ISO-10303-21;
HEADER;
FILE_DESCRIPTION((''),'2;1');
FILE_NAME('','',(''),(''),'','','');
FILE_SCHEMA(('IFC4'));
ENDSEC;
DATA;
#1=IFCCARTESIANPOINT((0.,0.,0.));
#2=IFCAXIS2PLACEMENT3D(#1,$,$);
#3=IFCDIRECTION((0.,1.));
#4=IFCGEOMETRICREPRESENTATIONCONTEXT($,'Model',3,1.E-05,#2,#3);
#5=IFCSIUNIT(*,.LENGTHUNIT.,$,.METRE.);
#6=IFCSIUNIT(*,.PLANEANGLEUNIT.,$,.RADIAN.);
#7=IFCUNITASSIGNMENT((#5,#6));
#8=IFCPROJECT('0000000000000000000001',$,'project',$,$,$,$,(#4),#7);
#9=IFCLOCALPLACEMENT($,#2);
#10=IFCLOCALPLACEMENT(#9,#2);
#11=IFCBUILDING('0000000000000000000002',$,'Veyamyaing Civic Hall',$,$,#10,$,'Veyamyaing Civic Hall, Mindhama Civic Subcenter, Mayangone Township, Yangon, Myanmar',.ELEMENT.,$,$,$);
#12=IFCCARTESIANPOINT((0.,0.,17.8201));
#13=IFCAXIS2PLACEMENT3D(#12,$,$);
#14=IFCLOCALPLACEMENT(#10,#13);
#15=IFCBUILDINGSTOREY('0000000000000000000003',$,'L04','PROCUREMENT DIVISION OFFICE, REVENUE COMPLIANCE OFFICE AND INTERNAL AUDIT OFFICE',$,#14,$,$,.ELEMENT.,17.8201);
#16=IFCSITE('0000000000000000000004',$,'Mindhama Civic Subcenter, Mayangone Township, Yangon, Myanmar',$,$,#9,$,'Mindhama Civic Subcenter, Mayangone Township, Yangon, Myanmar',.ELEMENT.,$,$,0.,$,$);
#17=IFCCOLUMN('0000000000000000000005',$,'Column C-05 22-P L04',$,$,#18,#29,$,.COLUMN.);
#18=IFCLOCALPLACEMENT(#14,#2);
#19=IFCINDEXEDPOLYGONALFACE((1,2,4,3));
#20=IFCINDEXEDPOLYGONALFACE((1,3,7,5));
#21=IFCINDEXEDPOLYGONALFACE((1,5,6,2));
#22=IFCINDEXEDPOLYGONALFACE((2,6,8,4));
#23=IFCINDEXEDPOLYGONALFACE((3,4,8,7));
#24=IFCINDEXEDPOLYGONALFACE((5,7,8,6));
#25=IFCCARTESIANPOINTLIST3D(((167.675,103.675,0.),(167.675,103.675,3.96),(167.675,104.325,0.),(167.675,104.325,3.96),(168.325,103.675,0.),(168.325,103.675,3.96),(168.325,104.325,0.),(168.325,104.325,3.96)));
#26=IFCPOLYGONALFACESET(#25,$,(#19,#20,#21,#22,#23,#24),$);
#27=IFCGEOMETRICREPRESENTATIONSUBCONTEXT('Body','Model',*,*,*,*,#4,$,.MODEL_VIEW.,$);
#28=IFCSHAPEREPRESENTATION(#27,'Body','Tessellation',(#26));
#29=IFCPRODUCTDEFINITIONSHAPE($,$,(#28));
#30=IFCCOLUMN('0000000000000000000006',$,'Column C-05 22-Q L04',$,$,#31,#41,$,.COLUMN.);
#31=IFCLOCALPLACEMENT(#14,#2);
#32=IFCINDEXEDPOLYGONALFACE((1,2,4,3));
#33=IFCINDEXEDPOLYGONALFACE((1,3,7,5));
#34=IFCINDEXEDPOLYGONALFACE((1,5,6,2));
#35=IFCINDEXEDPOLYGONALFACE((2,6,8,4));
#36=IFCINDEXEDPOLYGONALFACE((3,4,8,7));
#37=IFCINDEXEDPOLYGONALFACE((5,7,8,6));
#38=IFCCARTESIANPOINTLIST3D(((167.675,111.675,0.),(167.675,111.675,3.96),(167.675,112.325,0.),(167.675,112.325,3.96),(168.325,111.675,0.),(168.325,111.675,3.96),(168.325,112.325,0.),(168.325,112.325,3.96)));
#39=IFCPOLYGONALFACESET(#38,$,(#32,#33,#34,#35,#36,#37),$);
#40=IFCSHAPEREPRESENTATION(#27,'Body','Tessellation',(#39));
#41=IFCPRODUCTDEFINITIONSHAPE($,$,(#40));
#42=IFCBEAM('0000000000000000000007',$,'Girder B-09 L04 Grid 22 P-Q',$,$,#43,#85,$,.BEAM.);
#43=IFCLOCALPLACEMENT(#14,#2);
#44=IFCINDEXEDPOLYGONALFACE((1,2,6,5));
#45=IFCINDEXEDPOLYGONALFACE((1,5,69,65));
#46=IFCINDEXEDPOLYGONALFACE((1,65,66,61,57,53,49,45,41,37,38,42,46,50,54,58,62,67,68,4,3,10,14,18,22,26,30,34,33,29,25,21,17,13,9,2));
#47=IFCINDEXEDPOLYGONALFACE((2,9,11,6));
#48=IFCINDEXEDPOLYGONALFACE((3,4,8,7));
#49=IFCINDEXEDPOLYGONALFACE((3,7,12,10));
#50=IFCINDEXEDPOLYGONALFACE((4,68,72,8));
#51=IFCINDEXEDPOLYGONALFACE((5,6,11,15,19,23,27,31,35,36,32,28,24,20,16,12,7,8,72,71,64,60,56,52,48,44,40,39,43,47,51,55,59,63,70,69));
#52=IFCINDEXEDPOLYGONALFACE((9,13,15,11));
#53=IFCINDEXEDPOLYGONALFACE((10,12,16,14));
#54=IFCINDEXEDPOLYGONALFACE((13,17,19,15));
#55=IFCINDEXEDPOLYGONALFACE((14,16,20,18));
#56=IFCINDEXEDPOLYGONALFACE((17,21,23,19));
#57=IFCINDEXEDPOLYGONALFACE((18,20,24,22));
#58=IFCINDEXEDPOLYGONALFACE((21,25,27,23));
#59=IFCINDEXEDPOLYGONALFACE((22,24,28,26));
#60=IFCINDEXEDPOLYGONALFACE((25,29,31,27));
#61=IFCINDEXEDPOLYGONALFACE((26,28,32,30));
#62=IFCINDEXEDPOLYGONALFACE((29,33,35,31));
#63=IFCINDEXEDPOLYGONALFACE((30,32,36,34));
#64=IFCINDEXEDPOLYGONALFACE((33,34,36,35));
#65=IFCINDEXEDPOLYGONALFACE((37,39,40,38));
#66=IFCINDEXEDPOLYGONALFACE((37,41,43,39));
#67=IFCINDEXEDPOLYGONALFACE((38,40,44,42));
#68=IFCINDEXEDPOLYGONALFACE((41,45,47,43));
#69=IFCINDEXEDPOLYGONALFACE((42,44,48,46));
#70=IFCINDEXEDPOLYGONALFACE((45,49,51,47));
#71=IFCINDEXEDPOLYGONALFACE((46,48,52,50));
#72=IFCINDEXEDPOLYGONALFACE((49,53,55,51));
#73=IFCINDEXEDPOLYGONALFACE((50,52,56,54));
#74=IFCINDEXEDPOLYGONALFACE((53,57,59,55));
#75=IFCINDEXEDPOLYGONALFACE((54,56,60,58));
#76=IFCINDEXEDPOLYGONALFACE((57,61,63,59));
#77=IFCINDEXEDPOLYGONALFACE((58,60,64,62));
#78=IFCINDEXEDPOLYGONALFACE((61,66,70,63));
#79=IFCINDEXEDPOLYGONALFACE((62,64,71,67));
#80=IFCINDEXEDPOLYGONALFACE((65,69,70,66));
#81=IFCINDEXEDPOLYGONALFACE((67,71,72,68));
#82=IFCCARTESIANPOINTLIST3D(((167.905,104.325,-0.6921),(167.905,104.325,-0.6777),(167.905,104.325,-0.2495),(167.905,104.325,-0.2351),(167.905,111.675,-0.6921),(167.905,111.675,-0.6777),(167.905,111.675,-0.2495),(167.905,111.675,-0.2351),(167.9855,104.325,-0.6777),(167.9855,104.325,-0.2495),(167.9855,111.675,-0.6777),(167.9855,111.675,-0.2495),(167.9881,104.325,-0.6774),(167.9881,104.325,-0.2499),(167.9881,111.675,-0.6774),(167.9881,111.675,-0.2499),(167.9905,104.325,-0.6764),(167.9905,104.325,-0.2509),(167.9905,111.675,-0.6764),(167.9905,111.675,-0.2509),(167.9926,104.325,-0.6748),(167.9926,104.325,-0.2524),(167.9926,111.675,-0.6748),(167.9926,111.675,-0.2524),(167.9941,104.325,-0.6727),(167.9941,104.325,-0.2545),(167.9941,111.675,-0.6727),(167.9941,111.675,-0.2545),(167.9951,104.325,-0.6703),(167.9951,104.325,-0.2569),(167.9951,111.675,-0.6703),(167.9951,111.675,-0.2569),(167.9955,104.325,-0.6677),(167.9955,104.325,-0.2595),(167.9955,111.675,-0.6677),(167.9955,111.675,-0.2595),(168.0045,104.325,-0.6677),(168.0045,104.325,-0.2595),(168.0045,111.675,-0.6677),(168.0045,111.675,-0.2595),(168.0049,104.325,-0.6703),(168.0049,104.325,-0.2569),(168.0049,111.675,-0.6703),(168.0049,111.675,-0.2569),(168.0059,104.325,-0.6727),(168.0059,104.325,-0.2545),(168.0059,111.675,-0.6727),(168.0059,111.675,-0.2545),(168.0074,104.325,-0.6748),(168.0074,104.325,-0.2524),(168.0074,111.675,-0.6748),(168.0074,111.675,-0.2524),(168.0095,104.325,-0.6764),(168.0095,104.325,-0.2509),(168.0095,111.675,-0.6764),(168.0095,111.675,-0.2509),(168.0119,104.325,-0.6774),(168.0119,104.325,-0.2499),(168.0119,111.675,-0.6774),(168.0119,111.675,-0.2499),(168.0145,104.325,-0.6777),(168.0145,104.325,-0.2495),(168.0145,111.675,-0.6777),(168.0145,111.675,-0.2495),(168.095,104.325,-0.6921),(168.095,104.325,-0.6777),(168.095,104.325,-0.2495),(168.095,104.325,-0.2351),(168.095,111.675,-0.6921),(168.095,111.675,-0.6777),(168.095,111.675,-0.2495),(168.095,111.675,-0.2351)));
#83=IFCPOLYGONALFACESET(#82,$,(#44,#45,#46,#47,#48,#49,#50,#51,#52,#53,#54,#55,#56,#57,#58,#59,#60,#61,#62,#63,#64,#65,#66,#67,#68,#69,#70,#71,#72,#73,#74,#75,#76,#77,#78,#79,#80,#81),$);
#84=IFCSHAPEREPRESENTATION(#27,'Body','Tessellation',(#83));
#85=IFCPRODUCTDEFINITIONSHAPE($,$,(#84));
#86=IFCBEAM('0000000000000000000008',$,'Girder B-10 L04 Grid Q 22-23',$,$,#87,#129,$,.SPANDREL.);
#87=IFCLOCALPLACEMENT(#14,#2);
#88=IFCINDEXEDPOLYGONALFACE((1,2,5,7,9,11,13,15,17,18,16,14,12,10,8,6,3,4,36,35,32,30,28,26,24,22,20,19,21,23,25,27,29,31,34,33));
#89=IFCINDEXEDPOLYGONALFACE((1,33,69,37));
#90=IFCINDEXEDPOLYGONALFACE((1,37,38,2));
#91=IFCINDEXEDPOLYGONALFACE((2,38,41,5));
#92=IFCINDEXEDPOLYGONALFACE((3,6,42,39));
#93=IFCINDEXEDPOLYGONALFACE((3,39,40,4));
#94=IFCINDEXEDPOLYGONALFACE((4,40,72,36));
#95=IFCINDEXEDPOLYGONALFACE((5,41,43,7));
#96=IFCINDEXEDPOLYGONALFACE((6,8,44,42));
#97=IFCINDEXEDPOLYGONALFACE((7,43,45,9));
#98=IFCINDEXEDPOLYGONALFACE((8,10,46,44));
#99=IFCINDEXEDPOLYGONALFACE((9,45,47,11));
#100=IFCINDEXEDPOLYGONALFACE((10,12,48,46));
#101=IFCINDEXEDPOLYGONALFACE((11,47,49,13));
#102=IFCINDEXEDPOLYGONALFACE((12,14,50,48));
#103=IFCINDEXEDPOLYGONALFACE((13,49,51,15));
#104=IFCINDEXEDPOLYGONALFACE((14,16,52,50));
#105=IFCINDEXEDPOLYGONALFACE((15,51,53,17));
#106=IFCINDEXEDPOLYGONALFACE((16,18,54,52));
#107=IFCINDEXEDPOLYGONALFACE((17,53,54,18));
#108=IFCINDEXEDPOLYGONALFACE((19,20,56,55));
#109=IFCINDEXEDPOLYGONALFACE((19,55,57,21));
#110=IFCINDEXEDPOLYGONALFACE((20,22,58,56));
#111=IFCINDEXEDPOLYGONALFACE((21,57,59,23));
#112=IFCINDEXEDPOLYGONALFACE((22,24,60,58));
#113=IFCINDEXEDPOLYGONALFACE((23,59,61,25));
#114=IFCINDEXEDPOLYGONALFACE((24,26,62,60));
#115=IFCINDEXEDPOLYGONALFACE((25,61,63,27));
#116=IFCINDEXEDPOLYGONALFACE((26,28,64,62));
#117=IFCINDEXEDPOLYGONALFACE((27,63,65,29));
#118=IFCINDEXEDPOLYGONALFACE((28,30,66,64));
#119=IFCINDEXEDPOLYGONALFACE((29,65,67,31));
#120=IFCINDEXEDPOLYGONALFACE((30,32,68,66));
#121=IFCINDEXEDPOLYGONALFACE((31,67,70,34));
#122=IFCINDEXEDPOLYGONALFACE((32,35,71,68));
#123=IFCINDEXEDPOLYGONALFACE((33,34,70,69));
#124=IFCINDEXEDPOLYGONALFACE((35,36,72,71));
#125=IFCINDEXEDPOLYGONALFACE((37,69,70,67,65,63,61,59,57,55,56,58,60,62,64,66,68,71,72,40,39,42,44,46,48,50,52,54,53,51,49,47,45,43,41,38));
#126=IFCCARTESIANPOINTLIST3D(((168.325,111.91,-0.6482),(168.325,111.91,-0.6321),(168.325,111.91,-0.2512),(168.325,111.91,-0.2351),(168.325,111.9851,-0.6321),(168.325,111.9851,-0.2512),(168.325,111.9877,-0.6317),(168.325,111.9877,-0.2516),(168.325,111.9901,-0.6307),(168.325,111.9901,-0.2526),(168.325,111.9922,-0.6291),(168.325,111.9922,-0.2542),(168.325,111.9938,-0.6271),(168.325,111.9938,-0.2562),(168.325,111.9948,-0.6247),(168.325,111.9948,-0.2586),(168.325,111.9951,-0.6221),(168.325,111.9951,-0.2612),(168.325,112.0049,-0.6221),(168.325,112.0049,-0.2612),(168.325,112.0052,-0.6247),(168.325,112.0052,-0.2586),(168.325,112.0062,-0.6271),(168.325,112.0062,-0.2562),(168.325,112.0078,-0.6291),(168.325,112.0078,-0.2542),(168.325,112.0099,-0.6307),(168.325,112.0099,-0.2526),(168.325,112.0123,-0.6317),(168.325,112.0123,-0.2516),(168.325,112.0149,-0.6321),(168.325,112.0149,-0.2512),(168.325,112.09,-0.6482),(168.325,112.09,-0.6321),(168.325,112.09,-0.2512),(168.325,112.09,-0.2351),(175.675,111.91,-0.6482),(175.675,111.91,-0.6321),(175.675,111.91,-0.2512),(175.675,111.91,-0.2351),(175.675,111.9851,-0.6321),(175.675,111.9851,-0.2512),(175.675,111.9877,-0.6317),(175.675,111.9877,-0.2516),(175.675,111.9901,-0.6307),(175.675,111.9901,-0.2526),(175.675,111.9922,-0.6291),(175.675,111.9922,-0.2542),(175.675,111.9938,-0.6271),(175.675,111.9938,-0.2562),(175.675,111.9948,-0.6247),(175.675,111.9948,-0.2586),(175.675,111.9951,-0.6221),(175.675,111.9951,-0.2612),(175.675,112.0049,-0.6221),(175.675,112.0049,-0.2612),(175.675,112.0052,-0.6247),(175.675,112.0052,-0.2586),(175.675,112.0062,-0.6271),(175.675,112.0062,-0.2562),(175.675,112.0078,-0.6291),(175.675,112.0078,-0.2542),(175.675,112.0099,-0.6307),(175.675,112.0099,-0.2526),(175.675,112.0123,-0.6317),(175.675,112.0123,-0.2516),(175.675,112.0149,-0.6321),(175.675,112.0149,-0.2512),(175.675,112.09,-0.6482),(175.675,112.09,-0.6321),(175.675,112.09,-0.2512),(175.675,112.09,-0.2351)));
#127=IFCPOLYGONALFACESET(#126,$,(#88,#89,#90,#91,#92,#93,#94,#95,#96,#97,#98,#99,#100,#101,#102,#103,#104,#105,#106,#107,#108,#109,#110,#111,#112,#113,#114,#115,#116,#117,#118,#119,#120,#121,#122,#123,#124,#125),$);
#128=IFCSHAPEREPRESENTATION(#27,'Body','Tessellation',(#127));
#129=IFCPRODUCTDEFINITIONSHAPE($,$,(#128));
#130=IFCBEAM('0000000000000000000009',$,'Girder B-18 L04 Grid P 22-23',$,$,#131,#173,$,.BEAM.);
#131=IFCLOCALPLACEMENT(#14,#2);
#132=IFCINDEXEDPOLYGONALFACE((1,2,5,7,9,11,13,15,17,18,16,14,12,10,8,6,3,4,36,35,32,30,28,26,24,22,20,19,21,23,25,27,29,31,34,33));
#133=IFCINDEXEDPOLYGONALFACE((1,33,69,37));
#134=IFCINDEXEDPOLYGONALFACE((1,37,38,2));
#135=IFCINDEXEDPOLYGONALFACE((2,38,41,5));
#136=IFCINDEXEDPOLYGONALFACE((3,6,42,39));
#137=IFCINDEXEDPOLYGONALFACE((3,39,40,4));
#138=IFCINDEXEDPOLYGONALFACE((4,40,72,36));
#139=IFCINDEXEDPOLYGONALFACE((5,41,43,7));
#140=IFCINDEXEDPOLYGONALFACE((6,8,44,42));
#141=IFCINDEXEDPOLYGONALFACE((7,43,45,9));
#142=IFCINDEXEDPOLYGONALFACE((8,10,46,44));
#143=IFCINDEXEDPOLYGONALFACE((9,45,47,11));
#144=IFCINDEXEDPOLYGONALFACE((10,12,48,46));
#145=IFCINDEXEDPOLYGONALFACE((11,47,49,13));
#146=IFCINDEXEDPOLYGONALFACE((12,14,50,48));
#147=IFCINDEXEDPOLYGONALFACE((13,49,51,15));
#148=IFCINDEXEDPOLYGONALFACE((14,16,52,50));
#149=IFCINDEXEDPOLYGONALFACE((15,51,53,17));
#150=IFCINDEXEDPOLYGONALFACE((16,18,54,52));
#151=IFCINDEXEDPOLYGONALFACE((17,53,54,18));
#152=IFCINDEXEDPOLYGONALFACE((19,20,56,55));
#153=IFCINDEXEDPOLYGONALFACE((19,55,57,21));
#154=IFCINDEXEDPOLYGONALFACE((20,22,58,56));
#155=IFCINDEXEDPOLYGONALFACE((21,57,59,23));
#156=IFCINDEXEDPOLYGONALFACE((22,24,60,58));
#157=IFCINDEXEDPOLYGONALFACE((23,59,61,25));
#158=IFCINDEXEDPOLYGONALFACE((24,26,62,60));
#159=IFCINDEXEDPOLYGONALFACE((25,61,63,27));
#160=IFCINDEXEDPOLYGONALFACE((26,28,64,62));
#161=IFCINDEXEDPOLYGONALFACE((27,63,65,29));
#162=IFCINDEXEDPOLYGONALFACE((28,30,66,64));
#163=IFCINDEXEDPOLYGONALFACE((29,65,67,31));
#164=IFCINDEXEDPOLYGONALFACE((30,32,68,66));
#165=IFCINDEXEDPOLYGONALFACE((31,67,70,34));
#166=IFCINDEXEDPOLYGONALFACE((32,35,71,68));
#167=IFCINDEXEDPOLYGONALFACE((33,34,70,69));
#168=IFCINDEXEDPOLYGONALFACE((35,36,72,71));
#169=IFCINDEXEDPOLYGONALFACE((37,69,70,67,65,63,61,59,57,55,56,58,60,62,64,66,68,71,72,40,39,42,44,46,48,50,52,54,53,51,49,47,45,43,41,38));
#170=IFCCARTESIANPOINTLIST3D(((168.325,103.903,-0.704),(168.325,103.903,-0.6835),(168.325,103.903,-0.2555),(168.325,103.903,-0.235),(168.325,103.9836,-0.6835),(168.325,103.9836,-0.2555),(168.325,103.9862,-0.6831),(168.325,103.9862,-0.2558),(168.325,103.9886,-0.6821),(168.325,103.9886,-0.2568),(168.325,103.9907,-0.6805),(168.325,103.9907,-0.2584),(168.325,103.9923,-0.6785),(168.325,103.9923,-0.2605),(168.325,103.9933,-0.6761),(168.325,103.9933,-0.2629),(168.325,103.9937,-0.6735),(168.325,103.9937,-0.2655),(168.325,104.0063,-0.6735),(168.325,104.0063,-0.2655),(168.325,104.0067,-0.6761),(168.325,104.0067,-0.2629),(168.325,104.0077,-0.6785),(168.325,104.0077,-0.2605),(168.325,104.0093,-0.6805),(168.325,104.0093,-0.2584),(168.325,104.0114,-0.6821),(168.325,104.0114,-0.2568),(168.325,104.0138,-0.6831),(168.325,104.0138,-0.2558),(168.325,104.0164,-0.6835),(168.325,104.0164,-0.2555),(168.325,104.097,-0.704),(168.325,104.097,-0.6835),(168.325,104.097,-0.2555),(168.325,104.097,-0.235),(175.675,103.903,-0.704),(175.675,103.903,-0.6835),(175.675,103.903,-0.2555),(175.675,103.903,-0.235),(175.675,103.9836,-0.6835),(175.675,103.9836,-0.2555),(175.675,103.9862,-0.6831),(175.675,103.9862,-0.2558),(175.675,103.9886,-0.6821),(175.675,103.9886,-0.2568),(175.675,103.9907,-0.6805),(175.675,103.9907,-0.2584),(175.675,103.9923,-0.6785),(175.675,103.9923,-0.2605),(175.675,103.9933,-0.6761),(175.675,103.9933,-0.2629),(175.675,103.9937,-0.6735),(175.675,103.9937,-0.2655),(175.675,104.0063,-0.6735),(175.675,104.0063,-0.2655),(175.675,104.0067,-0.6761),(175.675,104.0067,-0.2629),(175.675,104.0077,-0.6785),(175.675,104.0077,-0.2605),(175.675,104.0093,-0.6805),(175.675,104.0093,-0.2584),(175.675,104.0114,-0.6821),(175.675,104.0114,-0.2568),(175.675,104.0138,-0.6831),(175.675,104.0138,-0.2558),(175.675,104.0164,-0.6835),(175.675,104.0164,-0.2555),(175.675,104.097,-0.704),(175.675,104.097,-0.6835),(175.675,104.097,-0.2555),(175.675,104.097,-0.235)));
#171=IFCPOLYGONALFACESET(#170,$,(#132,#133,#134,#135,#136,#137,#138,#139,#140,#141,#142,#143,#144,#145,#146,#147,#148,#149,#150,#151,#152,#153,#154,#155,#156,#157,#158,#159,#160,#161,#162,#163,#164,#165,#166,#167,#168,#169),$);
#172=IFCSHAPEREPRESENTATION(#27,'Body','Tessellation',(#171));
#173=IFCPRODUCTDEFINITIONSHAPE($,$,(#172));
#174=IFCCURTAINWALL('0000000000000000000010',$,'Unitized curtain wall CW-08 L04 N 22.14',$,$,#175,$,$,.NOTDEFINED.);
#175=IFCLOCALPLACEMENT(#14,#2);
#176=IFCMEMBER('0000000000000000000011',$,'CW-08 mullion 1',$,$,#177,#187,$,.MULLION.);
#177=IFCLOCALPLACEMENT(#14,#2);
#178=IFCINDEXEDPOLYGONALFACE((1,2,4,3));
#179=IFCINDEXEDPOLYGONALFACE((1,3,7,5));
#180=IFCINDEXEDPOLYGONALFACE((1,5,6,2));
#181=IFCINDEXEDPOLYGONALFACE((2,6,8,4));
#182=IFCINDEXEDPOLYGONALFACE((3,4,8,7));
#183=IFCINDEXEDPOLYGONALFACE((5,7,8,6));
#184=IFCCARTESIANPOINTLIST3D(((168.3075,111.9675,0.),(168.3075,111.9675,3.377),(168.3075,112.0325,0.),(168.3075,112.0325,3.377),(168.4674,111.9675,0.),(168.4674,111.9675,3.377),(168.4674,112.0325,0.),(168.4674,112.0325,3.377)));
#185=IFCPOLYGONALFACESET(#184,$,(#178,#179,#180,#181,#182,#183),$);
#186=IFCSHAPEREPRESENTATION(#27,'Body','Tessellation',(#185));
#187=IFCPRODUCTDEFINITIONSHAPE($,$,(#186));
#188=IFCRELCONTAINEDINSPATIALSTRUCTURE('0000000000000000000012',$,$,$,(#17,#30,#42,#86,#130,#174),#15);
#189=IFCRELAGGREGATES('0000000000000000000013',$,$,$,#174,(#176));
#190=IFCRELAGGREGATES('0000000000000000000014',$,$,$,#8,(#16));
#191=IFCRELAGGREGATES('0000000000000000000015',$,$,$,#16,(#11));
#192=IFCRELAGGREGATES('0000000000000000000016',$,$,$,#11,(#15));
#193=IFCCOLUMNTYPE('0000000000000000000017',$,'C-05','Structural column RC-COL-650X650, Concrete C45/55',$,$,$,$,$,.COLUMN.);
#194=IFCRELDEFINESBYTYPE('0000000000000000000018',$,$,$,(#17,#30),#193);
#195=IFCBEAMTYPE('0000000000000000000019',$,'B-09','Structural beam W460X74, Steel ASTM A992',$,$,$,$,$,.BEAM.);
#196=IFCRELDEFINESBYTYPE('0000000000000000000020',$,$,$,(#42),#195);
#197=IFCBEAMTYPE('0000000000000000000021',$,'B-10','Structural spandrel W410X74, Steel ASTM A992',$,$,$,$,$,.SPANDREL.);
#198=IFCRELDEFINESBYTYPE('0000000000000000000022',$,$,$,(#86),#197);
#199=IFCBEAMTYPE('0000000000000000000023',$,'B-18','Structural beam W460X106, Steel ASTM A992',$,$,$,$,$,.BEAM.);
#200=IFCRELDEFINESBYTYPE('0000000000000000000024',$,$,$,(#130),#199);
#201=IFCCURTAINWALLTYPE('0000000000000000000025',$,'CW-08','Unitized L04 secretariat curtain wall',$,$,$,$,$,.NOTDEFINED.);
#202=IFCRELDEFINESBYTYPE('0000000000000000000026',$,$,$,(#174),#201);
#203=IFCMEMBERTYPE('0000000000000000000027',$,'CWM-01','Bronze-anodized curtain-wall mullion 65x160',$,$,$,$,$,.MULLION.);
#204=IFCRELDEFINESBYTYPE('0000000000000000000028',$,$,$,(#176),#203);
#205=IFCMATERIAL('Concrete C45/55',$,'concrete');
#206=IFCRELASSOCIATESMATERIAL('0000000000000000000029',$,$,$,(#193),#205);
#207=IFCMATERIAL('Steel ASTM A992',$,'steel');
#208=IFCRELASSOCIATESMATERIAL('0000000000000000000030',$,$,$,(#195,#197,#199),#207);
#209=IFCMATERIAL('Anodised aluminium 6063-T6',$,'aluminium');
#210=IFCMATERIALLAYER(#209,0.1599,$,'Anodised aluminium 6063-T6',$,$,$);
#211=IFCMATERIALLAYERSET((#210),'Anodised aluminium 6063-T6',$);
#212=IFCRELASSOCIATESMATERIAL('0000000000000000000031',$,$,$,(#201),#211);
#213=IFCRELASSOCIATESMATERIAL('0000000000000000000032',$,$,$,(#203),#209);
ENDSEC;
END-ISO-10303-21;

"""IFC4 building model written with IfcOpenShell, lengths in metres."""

from ifc_helpers import new_model, si_unit, direction, frame, origin, origin_2d, place, context, subcontext, project, spatial, rectangle, i_section, extrude, material, layer, layer_set, material_profile, profile_set, type_object, element, aggregate, save


model = new_model("IFC4")

# Units and contexts
model_context = context("Model", 3, precision=1e-05, world=origin(), true_north=direction((0.0, 1.0)))
body_context = subcontext(model_context, "Body", "Model", "MODEL_VIEW")
ifc_project = project(units=[si_unit("LENGTHUNIT", "METRE"), si_unit("PLANEANGLEUNIT", "RADIAN")], contexts=[model_context])

# Site, building, storey
site_placement = place(None, origin())
site = spatial("IfcSite", under=ifc_project, at=site_placement, Name="Mindhama Civic Subcenter, Mayangone Township, Yangon, Myanmar", LongName="Mindhama Civic Subcenter, Mayangone Township, Yangon, Myanmar", CompositionType="ELEMENT", RefElevation=0.0)
building_placement = place(site_placement, origin())
building = spatial("IfcBuilding", under=site, at=building_placement, Name="Veyamyaing Civic Hall", LongName="Veyamyaing Civic Hall, Mindhama Civic Subcenter, Mayangone Township, Yangon, Myanmar", CompositionType="ELEMENT")
storey_placement = place(building_placement, frame((0.0, 0.0, 17.8201)))
storey = spatial("IfcBuildingStorey", under=building, at=storey_placement, Name="L04", Description="PROCUREMENT DIVISION OFFICE, REVENUE COMPLIANCE OFFICE AND INTERNAL AUDIT OFFICE", CompositionType="ELEMENT", Elevation=17.8201)

# Columns
ifc_material_1 = material(Name="Concrete C45/55", Category="concrete")
ifc_material_profile_1 = material_profile(ifc_material_1, rectangle(XDim=0.6499, YDim=0.6499, at=origin_2d()), Name="RC-COL-650X650")
ifc_profile_set_1 = profile_set([ifc_material_profile_1], Name="Concrete C45/55")
column_type = type_object("IfcColumnType", Name="C-05", Description="Structural column RC-COL-650X650, Concrete C45/55", PredefinedType="COLUMN", material=ifc_profile_set_1)
for number, where, z_axis, x_axis, name in (
    (1, (168.0, 104.0, 0.0), (0.0, 0.0, 1.0), (1.0, 0.0, 0.0), "Column C-05 22-P L04"),
    (2, (168.0, 112.0, 0.0), (0.0, 0.0, 1.0), (1.0, 0.0, 0.0), "Column C-05 22-Q L04"),
):
    element("IfcColumn", number, at=place(storey_placement, frame(where, z_axis=z_axis, x_axis=x_axis)), inside=storey, type_object=column_type, Name=name, PredefinedType="COLUMN", context=body_context, shape_type="SweptSolid", body=[
        extrude(rectangle(XDim=0.6499, YDim=0.6499, at=origin_2d()), origin(), (0.0, 0.0, 1.0), 3.96),
    ])

# Beams
ifc_material_2 = material(Name="Steel ASTM A992", Category="steel")
ifc_material_profile_2 = material_profile(ifc_material_2, i_section(OverallWidth=0.1899, OverallDepth=0.457, WebThickness=0.009, FlangeThickness=0.0144, FilletRadius=0.01, at=origin_2d()), Name="W460X74")
ifc_profile_set_2 = profile_set([ifc_material_profile_2], Name="Steel ASTM A992")
beam_type_1 = type_object("IfcBeamType", Name="B-09", Description="Structural beam W460X74, Steel ASTM A992", PredefinedType="BEAM", material=ifc_profile_set_2)
beam_1_placement = place(storey_placement, frame((168.0, 104.325, -0.4636), z_axis=(0.0, 1.0, 0.0), x_axis=(-1.0, 0.0, 0.0)))
element("IfcBeam", 3, at=beam_1_placement, inside=storey, type_object=beam_type_1, Name="Girder B-09 L04 Grid 22 P-Q", PredefinedType="BEAM", context=body_context, shape_type="SweptSolid", body=[
    extrude(i_section(OverallWidth=0.1899, OverallDepth=0.457, WebThickness=0.009, FlangeThickness=0.0144, FilletRadius=0.01, at=origin_2d()), origin(), (0.0, 0.0, 1.0), 7.3501),
])
ifc_material_profile_3 = material_profile(ifc_material_2, i_section(OverallWidth=0.1799, OverallDepth=0.4131, WebThickness=0.0098, FlangeThickness=0.0161, FilletRadius=0.01, at=origin_2d()), Name="W410X74")
ifc_profile_set_3 = profile_set([ifc_material_profile_3], Name="Steel ASTM A992")
beam_type_2 = type_object("IfcBeamType", Name="B-10", Description="Structural spandrel W410X74, Steel ASTM A992", PredefinedType="SPANDREL", material=ifc_profile_set_3)
beam_2_placement = place(storey_placement, frame((168.325, 112.0, -0.4417), z_axis=(1.0, 0.0, 0.0), x_axis=(0.0, 1.0, 0.0)))
element("IfcBeam", 4, at=beam_2_placement, inside=storey, type_object=beam_type_2, Name="Girder B-10 L04 Grid Q 22-23", PredefinedType="SPANDREL", context=body_context, shape_type="SweptSolid", body=[
    extrude(i_section(OverallWidth=0.1799, OverallDepth=0.4131, WebThickness=0.0098, FlangeThickness=0.0161, FilletRadius=0.01, at=origin_2d()), origin(), (0.0, 0.0, 1.0), 7.3501),
])
ifc_material_profile_4 = material_profile(ifc_material_2, i_section(OverallWidth=0.1941, OverallDepth=0.469, WebThickness=0.0127, FlangeThickness=0.0205, FilletRadius=0.01, at=origin_2d()), Name="W460X106")
ifc_profile_set_4 = profile_set([ifc_material_profile_4], Name="Steel ASTM A992")
beam_type_3 = type_object("IfcBeamType", Name="B-18", Description="Structural beam W460X106, Steel ASTM A992", PredefinedType="BEAM", material=ifc_profile_set_4)
beam_3_placement = place(storey_placement, frame((168.325, 104.0, -0.4695), z_axis=(1.0, 0.0, 0.0), x_axis=(0.0, 1.0, 0.0)))
element("IfcBeam", 5, at=beam_3_placement, inside=storey, type_object=beam_type_3, Name="Girder B-18 L04 Grid P 22-23", PredefinedType="BEAM", context=body_context, shape_type="SweptSolid", body=[
    extrude(i_section(OverallWidth=0.1941, OverallDepth=0.469, WebThickness=0.0127, FlangeThickness=0.0205, FilletRadius=0.01, at=origin_2d()), origin(), (0.0, 0.0, 1.0), 7.3501),
])

# Curtain wall, member
ifc_material_3 = material(Name="Anodised aluminium 6063-T6", Category="aluminium")
ifc_layer_1 = layer(ifc_material_3, 0.1599, Name="Anodised aluminium 6063-T6")
ifc_layer_set_1 = layer_set([ifc_layer_1], Name="Anodised aluminium 6063-T6")
curtain_wall_type = type_object("IfcCurtainWallType", Name="CW-08", Description="Unitized L04 secretariat curtain wall", PredefinedType="NOTDEFINED", material=ifc_layer_set_1)
curtain_wall_placement = place(storey_placement, origin())
curtain_wall = element("IfcCurtainWall", 6, at=curtain_wall_placement, inside=storey, type_object=curtain_wall_type, Name="Unitized curtain wall CW-08 L04 N 22.14", PredefinedType="NOTDEFINED")
ifc_material_profile_5 = material_profile(ifc_material_3, rectangle(XDim=0.0649, YDim=0.1599, at=origin_2d()), Name="ALU-MUL-65X160")
ifc_profile_set_5 = profile_set([ifc_material_profile_5], Name="Anodised aluminium 6063-T6")
member_type_1 = type_object("IfcMemberType", Name="CWM-01", Description="Bronze-anodized curtain-wall mullion 65x160", PredefinedType="MULLION", material=ifc_profile_set_5)
member_1_placement = place(storey_placement, frame((168.3875, 112.0, 0.0), z_axis=(0.0, 0.0, 1.0), x_axis=(0.0, 1.0, 0.0)))
member_1 = element("IfcMember", 7, at=member_1_placement, type_object=member_type_1, Name="CW-08 mullion 1", PredefinedType="MULLION", context=body_context, shape_type="SweptSolid", body=[
    extrude(rectangle(XDim=0.0649, YDim=0.1599, at=origin_2d()), origin(), (0.0, 0.0, 1.0), 3.377),
])

aggregate(curtain_wall, [member_1])

save(model, "model.ifc")
